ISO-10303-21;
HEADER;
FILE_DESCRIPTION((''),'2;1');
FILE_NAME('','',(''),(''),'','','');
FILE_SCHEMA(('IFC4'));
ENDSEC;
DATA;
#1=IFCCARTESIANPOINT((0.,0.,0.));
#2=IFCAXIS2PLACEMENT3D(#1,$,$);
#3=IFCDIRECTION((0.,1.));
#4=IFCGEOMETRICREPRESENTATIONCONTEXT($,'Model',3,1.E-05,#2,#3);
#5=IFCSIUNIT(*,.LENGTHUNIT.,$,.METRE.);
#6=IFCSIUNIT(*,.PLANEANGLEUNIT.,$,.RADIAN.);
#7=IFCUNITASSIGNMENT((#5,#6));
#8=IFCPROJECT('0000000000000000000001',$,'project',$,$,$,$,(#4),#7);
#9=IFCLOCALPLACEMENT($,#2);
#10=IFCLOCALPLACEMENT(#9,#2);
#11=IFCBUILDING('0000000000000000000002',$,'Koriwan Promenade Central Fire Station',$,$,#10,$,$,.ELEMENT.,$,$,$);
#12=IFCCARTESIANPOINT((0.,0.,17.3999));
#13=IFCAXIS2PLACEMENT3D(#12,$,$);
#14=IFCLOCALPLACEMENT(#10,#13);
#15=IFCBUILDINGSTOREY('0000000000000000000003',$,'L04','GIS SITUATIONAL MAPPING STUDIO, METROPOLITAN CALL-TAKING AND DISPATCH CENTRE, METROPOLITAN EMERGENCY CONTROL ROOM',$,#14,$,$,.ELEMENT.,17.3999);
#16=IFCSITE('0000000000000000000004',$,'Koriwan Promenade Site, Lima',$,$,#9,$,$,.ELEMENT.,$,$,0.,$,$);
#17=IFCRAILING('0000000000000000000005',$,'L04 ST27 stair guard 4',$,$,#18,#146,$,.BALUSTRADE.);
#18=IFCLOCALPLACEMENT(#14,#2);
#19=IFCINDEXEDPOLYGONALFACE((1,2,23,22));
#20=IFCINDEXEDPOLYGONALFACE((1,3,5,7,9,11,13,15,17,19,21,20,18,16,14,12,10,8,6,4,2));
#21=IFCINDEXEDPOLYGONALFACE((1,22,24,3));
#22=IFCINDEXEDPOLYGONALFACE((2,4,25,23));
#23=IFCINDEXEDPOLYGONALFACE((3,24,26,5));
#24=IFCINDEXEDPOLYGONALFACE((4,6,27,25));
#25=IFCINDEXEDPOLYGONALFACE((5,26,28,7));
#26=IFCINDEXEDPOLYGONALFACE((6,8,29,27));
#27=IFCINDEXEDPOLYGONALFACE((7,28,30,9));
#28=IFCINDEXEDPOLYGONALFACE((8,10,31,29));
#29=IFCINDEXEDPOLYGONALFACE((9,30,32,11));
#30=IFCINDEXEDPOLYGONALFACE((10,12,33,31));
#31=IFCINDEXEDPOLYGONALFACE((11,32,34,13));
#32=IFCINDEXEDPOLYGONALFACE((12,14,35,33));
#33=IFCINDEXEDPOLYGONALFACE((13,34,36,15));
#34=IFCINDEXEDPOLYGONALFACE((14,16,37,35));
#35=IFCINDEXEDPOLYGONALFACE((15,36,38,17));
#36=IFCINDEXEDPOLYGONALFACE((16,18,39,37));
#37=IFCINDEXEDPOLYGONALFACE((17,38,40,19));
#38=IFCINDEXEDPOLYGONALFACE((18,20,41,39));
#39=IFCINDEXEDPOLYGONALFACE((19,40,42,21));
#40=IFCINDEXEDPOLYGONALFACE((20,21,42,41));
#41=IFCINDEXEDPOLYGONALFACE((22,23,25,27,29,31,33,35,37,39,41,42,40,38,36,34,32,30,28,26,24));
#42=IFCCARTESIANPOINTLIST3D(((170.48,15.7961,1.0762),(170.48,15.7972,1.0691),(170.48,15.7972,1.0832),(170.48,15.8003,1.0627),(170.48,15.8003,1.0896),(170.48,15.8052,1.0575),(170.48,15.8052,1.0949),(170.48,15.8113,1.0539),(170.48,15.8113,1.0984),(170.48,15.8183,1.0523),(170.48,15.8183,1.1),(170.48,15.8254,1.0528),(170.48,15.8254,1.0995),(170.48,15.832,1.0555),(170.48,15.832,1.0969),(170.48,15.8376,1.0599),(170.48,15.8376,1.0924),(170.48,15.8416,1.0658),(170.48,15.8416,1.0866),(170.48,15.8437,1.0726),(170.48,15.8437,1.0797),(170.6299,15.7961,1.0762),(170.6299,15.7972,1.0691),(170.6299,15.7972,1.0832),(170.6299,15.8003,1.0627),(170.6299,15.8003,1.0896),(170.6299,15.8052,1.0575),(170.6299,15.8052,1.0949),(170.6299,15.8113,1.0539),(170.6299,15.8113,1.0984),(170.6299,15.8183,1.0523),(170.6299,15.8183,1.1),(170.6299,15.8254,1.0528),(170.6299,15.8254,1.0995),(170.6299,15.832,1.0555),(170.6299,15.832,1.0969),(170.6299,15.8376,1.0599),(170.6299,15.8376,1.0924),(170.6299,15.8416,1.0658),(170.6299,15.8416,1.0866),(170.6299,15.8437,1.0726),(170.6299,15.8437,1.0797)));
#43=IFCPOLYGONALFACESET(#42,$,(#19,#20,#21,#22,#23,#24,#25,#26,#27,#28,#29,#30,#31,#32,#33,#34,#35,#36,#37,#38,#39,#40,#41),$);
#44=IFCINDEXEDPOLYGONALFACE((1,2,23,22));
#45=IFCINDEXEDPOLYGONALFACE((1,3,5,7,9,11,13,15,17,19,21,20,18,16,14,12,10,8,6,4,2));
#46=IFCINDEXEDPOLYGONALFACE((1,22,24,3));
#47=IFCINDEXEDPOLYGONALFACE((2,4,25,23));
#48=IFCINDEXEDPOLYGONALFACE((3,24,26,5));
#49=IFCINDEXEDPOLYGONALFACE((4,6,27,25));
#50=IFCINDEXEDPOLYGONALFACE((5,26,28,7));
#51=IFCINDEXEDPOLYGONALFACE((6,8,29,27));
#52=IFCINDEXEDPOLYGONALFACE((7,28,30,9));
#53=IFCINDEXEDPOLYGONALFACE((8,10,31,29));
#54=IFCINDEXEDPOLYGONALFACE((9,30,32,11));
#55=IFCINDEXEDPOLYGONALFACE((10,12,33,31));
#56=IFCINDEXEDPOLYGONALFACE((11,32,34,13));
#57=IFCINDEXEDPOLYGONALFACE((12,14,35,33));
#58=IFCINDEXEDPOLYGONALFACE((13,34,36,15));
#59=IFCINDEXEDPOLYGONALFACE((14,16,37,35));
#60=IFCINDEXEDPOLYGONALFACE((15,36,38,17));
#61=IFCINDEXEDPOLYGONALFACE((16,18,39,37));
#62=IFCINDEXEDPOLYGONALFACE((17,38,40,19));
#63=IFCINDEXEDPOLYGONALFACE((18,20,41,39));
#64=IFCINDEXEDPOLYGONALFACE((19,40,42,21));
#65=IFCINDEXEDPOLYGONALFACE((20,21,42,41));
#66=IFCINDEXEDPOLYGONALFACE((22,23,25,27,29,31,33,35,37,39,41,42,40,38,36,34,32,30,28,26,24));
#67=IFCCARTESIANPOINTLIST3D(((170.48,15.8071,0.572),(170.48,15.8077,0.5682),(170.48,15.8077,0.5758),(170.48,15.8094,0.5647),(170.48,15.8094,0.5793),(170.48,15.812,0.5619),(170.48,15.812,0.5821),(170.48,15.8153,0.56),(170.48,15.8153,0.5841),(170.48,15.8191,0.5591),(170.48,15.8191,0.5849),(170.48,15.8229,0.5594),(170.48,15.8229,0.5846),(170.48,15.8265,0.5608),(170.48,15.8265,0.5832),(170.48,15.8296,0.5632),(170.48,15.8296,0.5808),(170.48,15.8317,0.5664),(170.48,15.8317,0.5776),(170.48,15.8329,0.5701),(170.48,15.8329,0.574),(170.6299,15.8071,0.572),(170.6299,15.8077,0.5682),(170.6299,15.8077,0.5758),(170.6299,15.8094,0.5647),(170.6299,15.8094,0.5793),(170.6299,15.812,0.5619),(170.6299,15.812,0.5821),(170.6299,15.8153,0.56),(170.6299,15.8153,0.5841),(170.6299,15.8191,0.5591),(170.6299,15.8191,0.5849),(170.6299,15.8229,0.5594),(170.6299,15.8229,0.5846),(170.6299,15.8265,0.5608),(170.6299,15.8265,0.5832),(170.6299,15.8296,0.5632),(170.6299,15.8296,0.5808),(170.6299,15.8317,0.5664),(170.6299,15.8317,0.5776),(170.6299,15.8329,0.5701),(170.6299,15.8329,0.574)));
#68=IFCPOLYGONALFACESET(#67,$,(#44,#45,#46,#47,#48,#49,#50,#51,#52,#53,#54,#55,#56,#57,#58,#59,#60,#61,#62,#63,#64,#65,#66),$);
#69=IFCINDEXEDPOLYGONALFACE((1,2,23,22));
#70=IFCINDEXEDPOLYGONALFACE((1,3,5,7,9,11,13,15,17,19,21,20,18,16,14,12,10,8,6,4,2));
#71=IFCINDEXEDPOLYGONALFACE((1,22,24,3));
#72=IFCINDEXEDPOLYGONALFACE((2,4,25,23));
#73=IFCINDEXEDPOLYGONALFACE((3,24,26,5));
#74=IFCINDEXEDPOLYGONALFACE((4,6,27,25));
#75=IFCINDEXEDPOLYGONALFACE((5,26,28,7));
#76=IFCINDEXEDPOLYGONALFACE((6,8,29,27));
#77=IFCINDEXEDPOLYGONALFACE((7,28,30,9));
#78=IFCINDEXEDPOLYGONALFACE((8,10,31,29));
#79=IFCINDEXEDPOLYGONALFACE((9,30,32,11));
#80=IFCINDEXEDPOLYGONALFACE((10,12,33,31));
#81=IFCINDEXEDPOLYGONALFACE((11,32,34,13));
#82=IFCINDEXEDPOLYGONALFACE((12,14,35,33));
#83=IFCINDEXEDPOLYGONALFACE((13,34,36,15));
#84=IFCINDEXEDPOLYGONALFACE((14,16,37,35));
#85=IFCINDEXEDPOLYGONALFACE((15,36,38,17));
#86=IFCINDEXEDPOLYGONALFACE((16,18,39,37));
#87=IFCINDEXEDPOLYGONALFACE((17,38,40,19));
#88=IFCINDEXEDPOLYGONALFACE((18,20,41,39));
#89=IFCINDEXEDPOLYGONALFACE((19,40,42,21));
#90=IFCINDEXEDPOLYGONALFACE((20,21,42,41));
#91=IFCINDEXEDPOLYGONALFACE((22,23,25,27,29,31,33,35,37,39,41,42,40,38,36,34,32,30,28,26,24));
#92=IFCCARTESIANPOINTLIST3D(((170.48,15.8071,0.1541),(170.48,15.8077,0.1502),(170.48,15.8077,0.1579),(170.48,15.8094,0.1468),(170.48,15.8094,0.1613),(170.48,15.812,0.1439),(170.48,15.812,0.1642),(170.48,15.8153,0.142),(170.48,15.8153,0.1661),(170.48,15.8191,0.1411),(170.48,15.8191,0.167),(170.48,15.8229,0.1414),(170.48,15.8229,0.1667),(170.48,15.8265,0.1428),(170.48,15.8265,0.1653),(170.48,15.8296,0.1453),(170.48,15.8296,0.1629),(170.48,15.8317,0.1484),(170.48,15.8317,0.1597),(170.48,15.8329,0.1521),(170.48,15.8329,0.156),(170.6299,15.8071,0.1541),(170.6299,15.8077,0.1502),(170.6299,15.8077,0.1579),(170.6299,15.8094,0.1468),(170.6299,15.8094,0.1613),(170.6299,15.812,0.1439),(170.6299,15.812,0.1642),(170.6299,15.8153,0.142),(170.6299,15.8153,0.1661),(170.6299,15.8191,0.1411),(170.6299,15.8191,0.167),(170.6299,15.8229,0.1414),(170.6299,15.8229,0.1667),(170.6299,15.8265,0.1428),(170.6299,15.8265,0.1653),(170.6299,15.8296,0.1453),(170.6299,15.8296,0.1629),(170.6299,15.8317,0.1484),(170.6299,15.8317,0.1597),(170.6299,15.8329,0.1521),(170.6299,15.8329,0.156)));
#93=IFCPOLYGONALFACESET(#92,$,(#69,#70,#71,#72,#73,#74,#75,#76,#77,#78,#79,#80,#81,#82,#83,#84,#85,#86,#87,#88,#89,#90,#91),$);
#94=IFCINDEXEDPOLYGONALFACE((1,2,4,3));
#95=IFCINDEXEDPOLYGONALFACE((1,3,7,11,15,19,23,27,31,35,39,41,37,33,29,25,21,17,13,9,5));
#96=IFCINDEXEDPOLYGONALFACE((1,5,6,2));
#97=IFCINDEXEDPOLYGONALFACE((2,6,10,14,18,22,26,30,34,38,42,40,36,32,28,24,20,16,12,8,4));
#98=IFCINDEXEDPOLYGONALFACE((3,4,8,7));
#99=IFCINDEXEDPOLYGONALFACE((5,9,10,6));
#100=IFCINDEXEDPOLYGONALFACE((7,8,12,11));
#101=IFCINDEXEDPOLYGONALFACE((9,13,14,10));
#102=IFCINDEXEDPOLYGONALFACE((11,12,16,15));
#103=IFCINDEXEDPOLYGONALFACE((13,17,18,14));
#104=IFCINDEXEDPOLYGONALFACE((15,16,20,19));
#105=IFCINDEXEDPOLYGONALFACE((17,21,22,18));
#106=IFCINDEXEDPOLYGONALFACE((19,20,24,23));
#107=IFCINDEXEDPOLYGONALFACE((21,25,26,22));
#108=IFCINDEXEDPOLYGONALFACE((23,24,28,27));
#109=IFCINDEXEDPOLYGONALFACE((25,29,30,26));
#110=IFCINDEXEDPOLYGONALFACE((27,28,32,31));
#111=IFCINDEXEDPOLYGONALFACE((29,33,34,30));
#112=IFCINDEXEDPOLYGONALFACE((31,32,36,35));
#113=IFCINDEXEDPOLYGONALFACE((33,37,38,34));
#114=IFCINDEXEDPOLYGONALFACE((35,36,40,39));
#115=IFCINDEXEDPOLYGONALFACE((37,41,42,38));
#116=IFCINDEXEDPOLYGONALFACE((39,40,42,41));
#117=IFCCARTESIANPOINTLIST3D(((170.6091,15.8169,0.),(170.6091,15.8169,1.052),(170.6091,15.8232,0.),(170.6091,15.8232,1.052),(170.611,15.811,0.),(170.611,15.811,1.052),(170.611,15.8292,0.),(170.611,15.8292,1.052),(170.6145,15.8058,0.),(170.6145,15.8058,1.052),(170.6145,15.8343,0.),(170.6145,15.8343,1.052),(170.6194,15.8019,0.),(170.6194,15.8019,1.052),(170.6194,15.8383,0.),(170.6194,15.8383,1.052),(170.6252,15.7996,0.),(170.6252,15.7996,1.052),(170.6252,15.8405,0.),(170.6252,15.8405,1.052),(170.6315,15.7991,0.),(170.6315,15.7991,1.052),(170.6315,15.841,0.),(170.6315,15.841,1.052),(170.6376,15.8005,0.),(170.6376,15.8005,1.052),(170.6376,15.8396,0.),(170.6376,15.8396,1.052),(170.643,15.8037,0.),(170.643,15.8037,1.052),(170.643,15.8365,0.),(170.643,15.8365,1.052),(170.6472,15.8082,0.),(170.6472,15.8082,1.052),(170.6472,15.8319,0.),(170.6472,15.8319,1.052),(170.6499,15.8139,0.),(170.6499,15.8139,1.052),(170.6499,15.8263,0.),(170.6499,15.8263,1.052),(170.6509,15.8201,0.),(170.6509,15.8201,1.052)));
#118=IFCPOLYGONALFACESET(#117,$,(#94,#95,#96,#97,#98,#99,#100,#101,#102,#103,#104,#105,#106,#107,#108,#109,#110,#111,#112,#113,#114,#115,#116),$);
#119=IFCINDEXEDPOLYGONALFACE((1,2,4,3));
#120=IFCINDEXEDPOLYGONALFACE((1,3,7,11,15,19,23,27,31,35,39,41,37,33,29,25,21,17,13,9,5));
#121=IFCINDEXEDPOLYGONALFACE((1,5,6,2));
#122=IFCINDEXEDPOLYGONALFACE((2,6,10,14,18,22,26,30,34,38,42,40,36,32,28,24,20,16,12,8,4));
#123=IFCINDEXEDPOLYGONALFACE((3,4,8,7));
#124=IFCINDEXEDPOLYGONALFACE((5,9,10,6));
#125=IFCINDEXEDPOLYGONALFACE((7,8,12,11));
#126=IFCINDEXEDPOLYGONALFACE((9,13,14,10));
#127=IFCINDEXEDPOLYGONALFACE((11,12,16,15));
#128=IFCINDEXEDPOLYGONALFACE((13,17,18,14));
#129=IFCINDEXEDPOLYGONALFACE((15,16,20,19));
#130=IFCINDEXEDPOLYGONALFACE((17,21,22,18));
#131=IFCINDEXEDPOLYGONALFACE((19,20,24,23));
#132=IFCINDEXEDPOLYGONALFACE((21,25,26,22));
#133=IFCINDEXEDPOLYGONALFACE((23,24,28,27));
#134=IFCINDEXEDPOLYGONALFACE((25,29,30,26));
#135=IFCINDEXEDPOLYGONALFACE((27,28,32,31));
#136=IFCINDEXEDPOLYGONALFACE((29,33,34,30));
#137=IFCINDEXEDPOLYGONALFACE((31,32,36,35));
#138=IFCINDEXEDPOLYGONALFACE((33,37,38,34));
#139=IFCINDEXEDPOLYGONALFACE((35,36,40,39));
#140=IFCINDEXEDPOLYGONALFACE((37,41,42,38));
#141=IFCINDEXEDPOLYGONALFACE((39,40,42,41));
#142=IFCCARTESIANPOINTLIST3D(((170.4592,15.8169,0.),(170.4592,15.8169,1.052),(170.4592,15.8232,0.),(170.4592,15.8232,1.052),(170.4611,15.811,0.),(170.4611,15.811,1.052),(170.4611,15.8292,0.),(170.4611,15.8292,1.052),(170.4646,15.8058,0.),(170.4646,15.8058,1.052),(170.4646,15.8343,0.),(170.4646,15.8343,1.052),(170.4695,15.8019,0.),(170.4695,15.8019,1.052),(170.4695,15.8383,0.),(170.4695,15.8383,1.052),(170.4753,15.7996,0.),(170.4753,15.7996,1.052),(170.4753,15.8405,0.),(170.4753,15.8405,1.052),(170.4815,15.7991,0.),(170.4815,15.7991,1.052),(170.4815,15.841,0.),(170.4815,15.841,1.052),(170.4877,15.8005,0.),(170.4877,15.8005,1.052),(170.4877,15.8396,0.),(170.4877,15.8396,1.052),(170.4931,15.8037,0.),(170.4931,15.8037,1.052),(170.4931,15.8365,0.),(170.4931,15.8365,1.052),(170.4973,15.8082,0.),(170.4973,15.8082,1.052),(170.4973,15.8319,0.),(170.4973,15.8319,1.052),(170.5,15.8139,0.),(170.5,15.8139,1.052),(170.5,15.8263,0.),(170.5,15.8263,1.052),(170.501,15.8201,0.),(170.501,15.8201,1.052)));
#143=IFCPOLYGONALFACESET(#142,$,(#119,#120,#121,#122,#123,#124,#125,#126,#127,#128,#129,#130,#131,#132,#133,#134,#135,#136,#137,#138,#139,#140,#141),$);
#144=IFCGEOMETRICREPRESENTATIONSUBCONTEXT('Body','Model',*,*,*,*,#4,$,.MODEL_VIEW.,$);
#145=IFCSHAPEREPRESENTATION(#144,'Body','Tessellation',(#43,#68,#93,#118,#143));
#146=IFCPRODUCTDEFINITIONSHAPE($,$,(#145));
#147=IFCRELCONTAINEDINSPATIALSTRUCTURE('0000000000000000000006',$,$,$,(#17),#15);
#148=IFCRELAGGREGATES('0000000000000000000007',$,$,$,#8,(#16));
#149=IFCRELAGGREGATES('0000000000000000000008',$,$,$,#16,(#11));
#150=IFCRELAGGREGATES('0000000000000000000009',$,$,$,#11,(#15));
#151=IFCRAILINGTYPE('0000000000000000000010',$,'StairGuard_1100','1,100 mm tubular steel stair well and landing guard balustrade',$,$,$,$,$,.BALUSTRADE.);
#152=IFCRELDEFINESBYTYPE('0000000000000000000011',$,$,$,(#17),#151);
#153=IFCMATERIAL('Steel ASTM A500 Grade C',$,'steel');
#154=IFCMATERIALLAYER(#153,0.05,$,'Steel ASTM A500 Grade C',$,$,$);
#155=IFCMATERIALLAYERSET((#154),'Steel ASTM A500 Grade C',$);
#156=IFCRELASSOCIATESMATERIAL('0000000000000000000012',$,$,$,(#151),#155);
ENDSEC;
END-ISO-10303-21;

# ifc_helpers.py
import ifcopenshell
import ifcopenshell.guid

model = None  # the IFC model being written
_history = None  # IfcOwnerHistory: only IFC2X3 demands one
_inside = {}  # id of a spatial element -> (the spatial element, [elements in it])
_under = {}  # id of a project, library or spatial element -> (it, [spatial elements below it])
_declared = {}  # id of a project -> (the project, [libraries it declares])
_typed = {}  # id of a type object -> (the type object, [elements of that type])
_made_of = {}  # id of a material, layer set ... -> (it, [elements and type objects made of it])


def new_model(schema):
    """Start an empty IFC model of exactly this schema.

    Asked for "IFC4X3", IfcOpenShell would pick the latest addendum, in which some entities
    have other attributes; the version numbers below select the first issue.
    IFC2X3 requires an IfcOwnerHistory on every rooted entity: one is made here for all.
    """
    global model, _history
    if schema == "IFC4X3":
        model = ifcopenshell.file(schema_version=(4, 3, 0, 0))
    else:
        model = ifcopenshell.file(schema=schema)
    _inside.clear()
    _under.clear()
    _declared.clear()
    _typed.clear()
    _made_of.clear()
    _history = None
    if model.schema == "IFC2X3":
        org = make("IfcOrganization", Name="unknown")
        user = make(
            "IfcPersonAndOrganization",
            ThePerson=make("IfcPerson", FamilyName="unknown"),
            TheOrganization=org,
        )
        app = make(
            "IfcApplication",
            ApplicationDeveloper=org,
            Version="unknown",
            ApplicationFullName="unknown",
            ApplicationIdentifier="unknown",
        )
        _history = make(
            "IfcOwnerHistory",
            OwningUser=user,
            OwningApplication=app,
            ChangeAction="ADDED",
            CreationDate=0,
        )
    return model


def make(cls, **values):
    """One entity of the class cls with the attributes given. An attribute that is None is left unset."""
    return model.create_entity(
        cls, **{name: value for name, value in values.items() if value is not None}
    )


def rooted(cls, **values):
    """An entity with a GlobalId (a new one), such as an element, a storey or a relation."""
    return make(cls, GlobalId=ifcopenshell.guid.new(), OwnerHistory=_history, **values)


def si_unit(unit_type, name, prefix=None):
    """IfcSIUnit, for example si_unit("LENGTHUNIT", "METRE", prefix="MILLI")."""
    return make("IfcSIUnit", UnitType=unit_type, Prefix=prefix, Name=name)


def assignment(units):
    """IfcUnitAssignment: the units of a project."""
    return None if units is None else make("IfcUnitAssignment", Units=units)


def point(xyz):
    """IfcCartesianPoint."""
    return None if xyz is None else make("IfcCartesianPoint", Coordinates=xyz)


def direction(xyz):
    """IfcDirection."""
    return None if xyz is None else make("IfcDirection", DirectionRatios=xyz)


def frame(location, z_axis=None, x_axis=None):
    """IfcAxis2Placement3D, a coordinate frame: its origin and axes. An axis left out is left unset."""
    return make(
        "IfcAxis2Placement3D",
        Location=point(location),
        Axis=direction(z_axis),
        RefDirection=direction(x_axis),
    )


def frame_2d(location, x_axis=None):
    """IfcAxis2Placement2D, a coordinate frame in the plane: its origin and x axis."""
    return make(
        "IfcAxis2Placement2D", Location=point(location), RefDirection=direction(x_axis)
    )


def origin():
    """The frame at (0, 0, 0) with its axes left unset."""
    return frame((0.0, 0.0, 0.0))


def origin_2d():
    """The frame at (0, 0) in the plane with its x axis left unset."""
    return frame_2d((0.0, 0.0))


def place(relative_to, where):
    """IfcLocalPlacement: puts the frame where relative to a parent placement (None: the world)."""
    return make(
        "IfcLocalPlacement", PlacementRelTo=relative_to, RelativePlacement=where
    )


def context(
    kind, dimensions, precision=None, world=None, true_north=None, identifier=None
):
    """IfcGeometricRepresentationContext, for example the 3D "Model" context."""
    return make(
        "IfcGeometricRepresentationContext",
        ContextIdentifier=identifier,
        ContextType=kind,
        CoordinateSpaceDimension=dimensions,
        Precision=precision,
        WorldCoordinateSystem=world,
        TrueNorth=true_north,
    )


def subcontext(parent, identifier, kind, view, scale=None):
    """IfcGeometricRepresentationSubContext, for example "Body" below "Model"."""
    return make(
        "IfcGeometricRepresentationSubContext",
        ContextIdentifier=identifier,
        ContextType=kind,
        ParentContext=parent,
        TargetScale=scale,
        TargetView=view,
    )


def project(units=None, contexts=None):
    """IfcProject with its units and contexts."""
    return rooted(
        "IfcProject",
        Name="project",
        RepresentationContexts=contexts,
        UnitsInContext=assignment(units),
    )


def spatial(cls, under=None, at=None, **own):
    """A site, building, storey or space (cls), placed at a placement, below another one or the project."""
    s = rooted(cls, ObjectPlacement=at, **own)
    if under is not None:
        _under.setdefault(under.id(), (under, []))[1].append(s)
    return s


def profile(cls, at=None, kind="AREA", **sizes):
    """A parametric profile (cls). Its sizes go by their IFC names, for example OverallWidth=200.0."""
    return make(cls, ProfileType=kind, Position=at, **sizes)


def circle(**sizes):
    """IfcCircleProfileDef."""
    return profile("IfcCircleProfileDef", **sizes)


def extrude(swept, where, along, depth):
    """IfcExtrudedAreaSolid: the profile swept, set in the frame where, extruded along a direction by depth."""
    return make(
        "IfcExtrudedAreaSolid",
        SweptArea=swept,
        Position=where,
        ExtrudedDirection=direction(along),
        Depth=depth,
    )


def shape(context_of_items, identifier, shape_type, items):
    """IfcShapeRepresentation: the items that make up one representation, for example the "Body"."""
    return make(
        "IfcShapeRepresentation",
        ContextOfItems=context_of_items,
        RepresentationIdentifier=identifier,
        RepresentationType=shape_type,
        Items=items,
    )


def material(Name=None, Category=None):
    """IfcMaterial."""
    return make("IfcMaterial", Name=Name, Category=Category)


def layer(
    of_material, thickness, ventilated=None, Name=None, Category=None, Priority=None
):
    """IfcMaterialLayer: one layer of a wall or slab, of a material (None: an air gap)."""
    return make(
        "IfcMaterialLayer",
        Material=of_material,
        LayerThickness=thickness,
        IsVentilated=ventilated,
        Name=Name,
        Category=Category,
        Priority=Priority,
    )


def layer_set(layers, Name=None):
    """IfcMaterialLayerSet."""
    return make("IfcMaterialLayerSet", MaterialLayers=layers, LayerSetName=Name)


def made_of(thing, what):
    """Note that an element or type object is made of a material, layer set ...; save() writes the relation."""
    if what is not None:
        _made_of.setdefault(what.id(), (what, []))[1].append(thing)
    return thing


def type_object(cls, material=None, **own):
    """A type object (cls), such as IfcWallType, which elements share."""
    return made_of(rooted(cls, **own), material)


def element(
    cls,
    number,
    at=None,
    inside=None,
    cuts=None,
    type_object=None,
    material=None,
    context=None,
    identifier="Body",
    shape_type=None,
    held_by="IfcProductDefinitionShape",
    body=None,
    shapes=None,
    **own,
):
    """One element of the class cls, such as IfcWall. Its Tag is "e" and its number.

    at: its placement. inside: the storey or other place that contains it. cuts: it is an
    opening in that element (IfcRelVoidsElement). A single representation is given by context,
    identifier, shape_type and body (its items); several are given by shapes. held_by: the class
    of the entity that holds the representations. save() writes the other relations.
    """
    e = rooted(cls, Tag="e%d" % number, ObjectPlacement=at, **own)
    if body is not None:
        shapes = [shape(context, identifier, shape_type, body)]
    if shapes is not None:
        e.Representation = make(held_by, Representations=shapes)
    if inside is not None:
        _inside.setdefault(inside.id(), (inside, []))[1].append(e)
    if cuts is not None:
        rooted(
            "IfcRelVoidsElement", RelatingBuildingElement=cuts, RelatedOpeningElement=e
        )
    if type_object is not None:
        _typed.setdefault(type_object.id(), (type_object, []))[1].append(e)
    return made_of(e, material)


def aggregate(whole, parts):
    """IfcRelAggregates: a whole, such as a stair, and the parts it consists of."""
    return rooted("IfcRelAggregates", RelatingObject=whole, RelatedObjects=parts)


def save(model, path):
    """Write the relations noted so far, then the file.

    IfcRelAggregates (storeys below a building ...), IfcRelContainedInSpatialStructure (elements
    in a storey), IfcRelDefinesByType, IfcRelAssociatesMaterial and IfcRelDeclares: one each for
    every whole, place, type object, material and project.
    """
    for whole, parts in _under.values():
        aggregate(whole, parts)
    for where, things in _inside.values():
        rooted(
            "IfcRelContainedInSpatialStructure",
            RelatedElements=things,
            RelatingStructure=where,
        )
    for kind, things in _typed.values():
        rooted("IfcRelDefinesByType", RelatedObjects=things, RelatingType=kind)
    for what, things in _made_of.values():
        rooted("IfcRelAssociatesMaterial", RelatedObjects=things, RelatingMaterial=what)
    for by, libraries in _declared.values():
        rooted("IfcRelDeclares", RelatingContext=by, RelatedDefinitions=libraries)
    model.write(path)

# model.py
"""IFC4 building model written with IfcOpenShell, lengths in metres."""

from ifc_helpers import new_model, si_unit, direction, frame, origin, origin_2d, place, context, subcontext, project, spatial, circle, extrude, material, layer, layer_set, type_object, element, save


model = new_model("IFC4")

# Units and contexts
model_context = context("Model", 3, precision=1e-05, world=origin(), true_north=direction((0.0, 1.0)))
body_context = subcontext(model_context, "Body", "Model", "MODEL_VIEW")
ifc_project = project(units=[si_unit("LENGTHUNIT", "METRE"), si_unit("PLANEANGLEUNIT", "RADIAN")], contexts=[model_context])

# Site, building, storey
site_placement = place(None, origin())
site = spatial("IfcSite", under=ifc_project, at=site_placement, Name="Koriwan Promenade Site, Lima", CompositionType="ELEMENT", RefElevation=0.0)
building_placement = place(site_placement, origin())
building = spatial("IfcBuilding", under=site, at=building_placement, Name="Koriwan Promenade Central Fire Station", CompositionType="ELEMENT")
storey_placement = place(building_placement, frame((0.0, 0.0, 17.3999)))
storey = spatial("IfcBuildingStorey", under=building, at=storey_placement, Name="L04", Description="GIS SITUATIONAL MAPPING STUDIO, METROPOLITAN CALL-TAKING AND DISPATCH CENTRE, METROPOLITAN EMERGENCY CONTROL ROOM", CompositionType="ELEMENT", Elevation=17.3999)

# Railing
ifc_material_1 = material(Name="Steel ASTM A500 Grade C", Category="steel")
ifc_layer_1 = layer(ifc_material_1, 0.05, Name="Steel ASTM A500 Grade C")
ifc_layer_set_1 = layer_set([ifc_layer_1], Name="Steel ASTM A500 Grade C")
railing_type_1 = type_object("IfcRailingType", Name="StairGuard_1100", Description="1,100 mm tubular steel stair well and landing guard balustrade", PredefinedType="BALUSTRADE", material=ifc_layer_set_1)
railing_1_placement = place(storey_placement, frame((170.6299, 15.8201, 0.0)))
element("IfcRailing", 1, at=railing_1_placement, inside=storey, type_object=railing_type_1, Name="L04 ST27 stair guard 4", PredefinedType="BALUSTRADE", context=body_context, shape_type="SweptSolid", body=[
    extrude(circle(Radius=0.0239, at=origin_2d()), frame((0.0, 0.0, 1.0762), z_axis=(-1.0, 0.0, 0.0), x_axis=(0.0, -1.0, 0.0)), (0.0, 0.0, 1.0), 0.1499),
    extrude(circle(Radius=0.0129, at=origin_2d()), frame((0.0, 0.0, 0.572), z_axis=(-1.0, 0.0, 0.0), x_axis=(0.0, -1.0, 0.0)), (0.0, 0.0, 1.0), 0.1499),
    extrude(circle(Radius=0.0129, at=origin_2d()), frame((0.0, 0.0, 0.1541), z_axis=(-1.0, 0.0, 0.0), x_axis=(0.0, -1.0, 0.0)), (0.0, 0.0, 1.0), 0.1499),
    extrude(circle(Radius=0.021, at=origin_2d()), origin(), (0.0, 0.0, 1.0), 1.052),
    extrude(circle(Radius=0.021, at=origin_2d()), frame((-0.1499, 0.0, 0.0)), (0.0, 0.0, 1.0), 1.052),
])

save(model, "model.ifc")
